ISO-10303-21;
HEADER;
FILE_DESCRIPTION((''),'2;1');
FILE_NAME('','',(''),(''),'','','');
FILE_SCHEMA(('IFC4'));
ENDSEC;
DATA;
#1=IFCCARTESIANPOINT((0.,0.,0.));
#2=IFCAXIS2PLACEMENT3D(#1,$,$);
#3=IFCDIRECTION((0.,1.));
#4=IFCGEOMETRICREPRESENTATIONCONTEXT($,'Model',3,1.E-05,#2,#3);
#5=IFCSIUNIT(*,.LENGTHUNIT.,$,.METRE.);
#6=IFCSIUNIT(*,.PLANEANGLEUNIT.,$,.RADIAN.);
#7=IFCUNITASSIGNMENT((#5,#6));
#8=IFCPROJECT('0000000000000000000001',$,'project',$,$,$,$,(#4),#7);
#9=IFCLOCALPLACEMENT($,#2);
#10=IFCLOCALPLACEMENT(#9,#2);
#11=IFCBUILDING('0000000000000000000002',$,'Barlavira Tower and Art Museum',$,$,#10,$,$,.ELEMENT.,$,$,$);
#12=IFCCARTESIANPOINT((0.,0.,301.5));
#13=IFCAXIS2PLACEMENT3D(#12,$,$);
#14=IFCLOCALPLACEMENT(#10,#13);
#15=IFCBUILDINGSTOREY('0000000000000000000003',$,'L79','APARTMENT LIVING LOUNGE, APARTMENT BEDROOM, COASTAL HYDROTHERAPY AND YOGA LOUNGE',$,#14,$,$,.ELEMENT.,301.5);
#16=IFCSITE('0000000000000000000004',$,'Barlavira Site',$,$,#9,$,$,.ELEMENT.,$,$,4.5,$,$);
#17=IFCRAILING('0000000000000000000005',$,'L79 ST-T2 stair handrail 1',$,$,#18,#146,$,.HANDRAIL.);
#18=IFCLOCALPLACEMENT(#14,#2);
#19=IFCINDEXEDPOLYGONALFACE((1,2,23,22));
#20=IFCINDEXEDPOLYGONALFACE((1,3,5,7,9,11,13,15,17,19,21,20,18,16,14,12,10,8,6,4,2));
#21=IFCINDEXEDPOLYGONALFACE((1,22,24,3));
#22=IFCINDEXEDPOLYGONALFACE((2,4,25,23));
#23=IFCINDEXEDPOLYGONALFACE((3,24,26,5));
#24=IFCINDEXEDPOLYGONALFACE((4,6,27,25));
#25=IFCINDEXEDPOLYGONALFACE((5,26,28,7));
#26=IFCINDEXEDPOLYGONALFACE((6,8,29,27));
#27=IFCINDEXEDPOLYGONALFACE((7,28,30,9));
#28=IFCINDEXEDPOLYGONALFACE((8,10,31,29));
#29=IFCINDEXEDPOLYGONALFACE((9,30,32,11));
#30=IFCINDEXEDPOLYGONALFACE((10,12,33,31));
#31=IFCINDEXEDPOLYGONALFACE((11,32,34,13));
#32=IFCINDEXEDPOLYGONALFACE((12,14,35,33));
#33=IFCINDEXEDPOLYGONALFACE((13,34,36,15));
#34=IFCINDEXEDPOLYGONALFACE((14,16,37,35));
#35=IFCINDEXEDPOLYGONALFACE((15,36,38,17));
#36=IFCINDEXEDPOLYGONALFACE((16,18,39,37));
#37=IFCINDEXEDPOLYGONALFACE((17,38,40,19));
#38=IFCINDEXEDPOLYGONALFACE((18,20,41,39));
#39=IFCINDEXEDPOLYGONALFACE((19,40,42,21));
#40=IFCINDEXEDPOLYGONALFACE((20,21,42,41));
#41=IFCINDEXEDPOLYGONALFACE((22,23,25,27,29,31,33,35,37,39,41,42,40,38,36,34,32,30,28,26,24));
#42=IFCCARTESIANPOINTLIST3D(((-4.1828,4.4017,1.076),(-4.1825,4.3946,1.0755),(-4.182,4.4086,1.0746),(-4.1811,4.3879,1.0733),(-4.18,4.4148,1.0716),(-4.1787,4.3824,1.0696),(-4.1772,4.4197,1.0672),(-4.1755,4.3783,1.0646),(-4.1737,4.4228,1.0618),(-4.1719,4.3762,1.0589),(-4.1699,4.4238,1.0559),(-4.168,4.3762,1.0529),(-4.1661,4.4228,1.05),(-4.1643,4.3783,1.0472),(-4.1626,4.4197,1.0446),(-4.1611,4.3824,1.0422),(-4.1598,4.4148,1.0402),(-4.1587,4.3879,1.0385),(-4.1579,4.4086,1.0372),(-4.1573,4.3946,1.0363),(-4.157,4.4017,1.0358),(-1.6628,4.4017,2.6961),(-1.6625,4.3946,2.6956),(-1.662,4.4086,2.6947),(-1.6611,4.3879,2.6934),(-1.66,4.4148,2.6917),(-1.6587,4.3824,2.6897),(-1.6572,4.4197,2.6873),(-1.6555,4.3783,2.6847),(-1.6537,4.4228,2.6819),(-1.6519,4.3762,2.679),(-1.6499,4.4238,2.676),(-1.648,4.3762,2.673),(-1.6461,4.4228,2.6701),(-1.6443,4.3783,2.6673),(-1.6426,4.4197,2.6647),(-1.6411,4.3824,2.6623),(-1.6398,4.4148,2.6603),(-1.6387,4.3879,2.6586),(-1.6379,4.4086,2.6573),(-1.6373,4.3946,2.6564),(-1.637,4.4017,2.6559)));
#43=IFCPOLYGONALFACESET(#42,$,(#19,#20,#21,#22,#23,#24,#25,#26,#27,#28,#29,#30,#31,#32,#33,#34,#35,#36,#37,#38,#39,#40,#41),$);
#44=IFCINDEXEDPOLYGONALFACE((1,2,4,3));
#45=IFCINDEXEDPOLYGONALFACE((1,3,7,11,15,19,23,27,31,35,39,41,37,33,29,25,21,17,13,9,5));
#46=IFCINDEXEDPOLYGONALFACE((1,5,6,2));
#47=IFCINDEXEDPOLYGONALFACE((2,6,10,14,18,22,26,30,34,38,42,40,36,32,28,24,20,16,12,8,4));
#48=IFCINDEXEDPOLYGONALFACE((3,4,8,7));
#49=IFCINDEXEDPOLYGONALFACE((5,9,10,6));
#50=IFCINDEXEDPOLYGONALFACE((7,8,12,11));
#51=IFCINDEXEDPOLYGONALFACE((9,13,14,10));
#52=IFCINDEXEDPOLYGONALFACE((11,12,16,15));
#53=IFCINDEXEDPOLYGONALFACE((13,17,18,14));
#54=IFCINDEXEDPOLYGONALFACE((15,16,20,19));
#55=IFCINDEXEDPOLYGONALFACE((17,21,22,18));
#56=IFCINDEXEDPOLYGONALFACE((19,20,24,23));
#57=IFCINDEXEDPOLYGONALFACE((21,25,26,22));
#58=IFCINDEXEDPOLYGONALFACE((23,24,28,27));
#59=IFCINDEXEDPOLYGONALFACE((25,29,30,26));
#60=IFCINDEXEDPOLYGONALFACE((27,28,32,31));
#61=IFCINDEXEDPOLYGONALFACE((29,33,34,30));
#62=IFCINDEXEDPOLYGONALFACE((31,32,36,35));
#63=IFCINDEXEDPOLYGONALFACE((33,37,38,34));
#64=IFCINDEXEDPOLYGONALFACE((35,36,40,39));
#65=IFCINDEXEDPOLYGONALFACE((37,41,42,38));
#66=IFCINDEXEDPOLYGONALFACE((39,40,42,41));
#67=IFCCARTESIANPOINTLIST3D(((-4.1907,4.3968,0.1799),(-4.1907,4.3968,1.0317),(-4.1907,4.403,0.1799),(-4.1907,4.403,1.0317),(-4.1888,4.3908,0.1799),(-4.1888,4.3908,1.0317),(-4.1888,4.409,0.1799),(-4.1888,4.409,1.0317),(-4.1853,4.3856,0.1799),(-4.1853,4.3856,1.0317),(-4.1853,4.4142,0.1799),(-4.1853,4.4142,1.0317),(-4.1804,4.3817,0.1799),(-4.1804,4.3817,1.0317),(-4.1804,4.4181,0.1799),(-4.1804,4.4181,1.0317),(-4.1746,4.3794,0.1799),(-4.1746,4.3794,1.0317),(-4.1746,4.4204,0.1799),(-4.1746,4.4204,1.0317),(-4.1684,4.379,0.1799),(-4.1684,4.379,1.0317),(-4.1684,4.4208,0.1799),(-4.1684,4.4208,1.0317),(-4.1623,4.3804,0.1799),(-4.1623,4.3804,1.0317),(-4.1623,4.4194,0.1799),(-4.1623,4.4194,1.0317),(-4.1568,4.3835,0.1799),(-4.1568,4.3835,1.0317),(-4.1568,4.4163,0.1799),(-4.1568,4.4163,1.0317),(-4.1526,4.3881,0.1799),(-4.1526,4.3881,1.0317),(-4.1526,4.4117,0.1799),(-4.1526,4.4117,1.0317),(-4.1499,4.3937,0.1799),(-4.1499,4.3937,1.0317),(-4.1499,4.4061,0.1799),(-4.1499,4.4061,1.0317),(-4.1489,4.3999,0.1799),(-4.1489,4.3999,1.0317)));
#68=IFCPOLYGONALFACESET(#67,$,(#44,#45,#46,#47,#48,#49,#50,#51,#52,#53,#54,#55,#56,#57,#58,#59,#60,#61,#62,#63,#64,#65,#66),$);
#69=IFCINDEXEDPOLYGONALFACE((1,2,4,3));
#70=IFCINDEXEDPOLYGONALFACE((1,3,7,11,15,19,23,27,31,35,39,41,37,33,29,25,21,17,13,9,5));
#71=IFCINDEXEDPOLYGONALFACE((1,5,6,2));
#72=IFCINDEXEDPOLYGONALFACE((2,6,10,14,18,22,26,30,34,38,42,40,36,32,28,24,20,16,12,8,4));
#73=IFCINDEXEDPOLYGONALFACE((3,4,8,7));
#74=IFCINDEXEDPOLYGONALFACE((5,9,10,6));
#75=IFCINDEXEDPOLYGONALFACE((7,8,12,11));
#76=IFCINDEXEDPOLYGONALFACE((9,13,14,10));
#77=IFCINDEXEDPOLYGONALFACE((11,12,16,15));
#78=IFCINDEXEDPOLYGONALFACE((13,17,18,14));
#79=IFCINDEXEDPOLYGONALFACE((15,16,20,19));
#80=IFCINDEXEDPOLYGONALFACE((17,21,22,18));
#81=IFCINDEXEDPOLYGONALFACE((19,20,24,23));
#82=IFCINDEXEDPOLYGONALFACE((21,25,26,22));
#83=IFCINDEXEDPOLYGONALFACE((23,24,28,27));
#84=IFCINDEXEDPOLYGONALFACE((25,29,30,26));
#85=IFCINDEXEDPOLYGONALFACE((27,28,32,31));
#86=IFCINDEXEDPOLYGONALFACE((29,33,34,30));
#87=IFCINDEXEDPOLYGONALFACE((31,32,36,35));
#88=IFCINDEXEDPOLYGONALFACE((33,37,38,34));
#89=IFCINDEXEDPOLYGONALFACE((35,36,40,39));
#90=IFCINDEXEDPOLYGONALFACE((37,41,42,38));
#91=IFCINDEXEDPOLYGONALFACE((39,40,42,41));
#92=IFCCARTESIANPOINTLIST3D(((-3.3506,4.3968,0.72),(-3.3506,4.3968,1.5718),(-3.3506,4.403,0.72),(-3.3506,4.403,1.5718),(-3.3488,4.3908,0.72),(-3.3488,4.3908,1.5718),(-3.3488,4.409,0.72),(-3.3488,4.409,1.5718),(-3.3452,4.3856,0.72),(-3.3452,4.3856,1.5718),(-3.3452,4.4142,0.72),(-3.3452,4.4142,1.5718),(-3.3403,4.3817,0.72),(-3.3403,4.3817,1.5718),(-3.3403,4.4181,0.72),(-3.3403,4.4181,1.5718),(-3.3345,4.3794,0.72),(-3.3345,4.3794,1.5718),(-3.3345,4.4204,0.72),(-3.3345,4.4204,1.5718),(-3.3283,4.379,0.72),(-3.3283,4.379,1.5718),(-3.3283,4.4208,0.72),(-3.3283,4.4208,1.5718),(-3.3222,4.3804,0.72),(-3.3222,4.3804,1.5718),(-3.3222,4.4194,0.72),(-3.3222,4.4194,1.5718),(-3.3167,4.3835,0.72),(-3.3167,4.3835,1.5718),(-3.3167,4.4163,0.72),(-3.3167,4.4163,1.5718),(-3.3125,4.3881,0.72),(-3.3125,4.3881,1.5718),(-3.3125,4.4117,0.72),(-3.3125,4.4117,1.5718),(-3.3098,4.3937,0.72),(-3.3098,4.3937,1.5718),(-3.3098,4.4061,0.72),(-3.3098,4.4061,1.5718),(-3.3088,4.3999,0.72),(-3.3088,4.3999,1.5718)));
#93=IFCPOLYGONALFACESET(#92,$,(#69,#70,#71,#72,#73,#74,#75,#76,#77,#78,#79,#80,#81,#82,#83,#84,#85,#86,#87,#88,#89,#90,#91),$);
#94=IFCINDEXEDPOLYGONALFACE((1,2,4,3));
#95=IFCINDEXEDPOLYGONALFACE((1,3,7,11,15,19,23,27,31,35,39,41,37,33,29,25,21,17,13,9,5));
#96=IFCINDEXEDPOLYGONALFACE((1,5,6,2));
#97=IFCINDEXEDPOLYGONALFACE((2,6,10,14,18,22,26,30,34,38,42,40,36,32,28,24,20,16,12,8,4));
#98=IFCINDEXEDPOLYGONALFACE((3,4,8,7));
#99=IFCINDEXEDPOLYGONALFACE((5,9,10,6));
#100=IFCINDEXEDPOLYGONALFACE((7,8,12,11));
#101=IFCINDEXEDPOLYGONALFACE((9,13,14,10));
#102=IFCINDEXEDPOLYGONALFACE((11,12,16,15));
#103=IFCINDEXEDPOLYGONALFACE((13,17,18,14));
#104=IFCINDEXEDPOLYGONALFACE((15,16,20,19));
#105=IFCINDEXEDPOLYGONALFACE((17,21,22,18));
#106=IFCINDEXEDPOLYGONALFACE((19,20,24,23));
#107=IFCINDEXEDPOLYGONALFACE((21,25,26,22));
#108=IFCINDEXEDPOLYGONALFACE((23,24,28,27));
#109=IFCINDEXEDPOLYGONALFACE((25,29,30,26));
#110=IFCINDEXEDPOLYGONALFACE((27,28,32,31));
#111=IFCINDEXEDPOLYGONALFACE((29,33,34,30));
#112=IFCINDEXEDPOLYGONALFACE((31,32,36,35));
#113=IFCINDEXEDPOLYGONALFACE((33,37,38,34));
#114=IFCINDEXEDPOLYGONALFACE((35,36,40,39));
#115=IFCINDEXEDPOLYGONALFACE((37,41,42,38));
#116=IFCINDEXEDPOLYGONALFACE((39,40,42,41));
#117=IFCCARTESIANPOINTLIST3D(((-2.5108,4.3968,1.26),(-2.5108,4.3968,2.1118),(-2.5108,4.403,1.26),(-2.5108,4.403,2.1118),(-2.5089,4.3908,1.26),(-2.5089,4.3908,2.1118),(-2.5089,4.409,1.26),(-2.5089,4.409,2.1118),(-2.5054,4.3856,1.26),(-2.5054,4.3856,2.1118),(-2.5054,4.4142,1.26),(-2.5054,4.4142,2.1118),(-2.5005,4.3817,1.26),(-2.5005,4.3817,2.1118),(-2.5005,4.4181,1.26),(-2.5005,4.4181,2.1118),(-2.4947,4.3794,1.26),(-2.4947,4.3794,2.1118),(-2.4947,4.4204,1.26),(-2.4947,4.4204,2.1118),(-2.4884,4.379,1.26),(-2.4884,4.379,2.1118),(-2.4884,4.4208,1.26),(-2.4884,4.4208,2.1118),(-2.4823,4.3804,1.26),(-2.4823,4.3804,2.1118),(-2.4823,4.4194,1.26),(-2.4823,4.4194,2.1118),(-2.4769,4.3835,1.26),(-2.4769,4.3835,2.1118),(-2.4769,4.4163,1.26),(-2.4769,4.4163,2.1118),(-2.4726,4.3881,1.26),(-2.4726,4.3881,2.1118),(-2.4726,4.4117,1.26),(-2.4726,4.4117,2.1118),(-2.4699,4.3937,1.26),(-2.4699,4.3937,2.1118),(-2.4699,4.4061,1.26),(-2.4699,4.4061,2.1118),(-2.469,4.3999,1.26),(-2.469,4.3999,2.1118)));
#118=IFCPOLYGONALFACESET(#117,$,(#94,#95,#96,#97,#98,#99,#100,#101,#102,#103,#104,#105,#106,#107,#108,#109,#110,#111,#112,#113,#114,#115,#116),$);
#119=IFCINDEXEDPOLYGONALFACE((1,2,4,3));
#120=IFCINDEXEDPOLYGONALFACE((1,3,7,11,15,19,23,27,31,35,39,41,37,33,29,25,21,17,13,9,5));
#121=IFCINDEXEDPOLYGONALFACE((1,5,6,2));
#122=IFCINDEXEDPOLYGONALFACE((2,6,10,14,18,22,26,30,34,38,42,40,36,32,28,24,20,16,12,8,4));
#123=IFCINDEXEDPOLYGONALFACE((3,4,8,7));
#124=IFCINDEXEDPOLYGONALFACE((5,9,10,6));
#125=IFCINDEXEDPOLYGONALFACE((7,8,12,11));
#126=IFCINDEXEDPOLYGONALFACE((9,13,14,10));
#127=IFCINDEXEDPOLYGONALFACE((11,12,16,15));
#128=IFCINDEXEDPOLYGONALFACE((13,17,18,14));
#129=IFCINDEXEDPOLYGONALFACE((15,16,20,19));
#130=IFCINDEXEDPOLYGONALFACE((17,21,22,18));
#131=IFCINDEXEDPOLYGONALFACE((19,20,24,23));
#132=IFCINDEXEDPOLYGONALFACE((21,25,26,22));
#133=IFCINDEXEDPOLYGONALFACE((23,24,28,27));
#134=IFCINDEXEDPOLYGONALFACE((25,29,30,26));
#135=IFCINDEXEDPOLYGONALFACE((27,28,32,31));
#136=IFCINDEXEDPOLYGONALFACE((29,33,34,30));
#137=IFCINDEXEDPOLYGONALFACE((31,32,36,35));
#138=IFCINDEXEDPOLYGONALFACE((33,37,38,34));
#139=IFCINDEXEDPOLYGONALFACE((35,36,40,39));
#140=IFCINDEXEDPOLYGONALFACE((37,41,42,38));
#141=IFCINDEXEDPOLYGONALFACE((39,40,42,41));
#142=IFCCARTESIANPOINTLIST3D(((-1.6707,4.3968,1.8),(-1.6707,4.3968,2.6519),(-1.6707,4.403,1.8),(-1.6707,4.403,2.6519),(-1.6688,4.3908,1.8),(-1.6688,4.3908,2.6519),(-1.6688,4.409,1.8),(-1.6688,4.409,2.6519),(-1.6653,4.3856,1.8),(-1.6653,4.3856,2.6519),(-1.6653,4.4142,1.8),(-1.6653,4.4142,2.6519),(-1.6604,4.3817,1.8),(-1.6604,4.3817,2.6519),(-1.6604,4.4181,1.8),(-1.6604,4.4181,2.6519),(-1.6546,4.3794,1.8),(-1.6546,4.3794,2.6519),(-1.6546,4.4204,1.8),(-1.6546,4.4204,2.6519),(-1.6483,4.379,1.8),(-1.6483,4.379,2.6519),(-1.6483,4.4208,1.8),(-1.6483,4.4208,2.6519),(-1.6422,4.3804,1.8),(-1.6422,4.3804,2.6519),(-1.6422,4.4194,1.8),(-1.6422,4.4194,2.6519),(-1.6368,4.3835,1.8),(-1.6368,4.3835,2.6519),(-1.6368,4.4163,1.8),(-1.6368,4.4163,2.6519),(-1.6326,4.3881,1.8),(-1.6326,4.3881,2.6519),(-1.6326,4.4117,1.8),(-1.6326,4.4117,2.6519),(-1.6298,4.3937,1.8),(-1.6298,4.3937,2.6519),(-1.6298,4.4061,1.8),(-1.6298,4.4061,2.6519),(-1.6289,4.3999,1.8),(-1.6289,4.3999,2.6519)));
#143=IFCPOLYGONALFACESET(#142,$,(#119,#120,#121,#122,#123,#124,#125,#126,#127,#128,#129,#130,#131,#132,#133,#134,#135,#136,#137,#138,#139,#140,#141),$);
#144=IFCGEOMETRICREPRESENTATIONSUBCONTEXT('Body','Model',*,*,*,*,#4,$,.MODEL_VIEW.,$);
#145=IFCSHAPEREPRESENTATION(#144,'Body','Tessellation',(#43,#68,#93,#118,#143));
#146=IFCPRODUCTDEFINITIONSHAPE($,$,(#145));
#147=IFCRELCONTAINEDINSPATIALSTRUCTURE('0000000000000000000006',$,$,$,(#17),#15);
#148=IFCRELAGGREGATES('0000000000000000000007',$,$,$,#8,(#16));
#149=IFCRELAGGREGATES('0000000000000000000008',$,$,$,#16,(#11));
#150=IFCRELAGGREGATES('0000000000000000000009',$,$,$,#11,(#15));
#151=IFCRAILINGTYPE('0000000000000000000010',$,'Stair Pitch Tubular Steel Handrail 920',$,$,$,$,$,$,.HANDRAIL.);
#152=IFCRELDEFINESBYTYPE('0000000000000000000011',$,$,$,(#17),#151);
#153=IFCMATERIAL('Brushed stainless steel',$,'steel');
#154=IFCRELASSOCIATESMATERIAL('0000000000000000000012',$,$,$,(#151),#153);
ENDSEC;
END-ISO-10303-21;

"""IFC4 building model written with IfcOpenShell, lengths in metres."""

from ifc_helpers import new_model, si_unit, direction, frame, origin, origin_2d, place, context, subcontext, project, spatial, circle, extrude, material, type_object, element, save


model = new_model("IFC4")

# Units and contexts
model_context = context("Model", 3, precision=1e-05, world=origin(), true_north=direction((0.0, 1.0)))
body_context = subcontext(model_context, "Body", "Model", "MODEL_VIEW")
ifc_project = project(units=[si_unit("LENGTHUNIT", "METRE"), si_unit("PLANEANGLEUNIT", "RADIAN")], contexts=[model_context])

# Site, building, storey
site_placement = place(None, origin())
site = spatial("IfcSite", under=ifc_project, at=site_placement, Name="Barlavira Site", CompositionType="ELEMENT", RefElevation=4.5)
building_placement = place(site_placement, origin())
building = spatial("IfcBuilding", under=site, at=building_placement, Name="Barlavira Tower and Art Museum", CompositionType="ELEMENT")
storey_placement = place(building_placement, frame((0.0, 0.0, 301.5)))
storey = spatial("IfcBuildingStorey", under=building, at=storey_placement, Name="L79", Description="APARTMENT LIVING LOUNGE, APARTMENT BEDROOM, COASTAL HYDROTHERAPY AND YOGA LOUNGE", CompositionType="ELEMENT", Elevation=301.5)

# Shared definitions
ifc_material_1 = material(Name="Brushed stainless steel", Category="steel")

# Railing
railing_type_1 = type_object("IfcRailingType", Name="Stair Pitch Tubular Steel Handrail 920", PredefinedType="HANDRAIL", material=ifc_material_1)
railing_1_placement = place(storey_placement, frame((-4.1699, 4.3999, 0.1799)))
element("IfcRailing", 1, at=railing_1_placement, inside=storey, type_object=railing_type_1, Name="L79 ST-T2 stair handrail 1", PredefinedType="HANDRAIL", context=body_context, shape_type="SweptSolid", body=[
    extrude(circle(Radius=0.0239, at=origin_2d()), frame((0.0, 0.0, 0.876), z_axis=(0.841163, 0.0, 0.540782), x_axis=(0.0, 1.0, 0.0)), (0.0, 0.0, 1.0), 2.9958),
    extrude(circle(Radius=0.021, at=origin_2d()), origin(), (0.0, 0.0, 1.0), 0.8518),
    extrude(circle(Radius=0.021, at=origin_2d()), frame((0.8401, 0.0, 0.54)), (0.0, 0.0, 1.0), 0.8518),
    extrude(circle(Radius=0.021, at=origin_2d()), frame((1.6799, 0.0, 1.0801)), (0.0, 0.0, 1.0), 0.8518),
    extrude(circle(Radius=0.021, at=origin_2d()), frame((2.52, 0.0, 1.6201)), (0.0, 0.0, 1.0), 0.8518),
])

save(model, "model.ifc")
